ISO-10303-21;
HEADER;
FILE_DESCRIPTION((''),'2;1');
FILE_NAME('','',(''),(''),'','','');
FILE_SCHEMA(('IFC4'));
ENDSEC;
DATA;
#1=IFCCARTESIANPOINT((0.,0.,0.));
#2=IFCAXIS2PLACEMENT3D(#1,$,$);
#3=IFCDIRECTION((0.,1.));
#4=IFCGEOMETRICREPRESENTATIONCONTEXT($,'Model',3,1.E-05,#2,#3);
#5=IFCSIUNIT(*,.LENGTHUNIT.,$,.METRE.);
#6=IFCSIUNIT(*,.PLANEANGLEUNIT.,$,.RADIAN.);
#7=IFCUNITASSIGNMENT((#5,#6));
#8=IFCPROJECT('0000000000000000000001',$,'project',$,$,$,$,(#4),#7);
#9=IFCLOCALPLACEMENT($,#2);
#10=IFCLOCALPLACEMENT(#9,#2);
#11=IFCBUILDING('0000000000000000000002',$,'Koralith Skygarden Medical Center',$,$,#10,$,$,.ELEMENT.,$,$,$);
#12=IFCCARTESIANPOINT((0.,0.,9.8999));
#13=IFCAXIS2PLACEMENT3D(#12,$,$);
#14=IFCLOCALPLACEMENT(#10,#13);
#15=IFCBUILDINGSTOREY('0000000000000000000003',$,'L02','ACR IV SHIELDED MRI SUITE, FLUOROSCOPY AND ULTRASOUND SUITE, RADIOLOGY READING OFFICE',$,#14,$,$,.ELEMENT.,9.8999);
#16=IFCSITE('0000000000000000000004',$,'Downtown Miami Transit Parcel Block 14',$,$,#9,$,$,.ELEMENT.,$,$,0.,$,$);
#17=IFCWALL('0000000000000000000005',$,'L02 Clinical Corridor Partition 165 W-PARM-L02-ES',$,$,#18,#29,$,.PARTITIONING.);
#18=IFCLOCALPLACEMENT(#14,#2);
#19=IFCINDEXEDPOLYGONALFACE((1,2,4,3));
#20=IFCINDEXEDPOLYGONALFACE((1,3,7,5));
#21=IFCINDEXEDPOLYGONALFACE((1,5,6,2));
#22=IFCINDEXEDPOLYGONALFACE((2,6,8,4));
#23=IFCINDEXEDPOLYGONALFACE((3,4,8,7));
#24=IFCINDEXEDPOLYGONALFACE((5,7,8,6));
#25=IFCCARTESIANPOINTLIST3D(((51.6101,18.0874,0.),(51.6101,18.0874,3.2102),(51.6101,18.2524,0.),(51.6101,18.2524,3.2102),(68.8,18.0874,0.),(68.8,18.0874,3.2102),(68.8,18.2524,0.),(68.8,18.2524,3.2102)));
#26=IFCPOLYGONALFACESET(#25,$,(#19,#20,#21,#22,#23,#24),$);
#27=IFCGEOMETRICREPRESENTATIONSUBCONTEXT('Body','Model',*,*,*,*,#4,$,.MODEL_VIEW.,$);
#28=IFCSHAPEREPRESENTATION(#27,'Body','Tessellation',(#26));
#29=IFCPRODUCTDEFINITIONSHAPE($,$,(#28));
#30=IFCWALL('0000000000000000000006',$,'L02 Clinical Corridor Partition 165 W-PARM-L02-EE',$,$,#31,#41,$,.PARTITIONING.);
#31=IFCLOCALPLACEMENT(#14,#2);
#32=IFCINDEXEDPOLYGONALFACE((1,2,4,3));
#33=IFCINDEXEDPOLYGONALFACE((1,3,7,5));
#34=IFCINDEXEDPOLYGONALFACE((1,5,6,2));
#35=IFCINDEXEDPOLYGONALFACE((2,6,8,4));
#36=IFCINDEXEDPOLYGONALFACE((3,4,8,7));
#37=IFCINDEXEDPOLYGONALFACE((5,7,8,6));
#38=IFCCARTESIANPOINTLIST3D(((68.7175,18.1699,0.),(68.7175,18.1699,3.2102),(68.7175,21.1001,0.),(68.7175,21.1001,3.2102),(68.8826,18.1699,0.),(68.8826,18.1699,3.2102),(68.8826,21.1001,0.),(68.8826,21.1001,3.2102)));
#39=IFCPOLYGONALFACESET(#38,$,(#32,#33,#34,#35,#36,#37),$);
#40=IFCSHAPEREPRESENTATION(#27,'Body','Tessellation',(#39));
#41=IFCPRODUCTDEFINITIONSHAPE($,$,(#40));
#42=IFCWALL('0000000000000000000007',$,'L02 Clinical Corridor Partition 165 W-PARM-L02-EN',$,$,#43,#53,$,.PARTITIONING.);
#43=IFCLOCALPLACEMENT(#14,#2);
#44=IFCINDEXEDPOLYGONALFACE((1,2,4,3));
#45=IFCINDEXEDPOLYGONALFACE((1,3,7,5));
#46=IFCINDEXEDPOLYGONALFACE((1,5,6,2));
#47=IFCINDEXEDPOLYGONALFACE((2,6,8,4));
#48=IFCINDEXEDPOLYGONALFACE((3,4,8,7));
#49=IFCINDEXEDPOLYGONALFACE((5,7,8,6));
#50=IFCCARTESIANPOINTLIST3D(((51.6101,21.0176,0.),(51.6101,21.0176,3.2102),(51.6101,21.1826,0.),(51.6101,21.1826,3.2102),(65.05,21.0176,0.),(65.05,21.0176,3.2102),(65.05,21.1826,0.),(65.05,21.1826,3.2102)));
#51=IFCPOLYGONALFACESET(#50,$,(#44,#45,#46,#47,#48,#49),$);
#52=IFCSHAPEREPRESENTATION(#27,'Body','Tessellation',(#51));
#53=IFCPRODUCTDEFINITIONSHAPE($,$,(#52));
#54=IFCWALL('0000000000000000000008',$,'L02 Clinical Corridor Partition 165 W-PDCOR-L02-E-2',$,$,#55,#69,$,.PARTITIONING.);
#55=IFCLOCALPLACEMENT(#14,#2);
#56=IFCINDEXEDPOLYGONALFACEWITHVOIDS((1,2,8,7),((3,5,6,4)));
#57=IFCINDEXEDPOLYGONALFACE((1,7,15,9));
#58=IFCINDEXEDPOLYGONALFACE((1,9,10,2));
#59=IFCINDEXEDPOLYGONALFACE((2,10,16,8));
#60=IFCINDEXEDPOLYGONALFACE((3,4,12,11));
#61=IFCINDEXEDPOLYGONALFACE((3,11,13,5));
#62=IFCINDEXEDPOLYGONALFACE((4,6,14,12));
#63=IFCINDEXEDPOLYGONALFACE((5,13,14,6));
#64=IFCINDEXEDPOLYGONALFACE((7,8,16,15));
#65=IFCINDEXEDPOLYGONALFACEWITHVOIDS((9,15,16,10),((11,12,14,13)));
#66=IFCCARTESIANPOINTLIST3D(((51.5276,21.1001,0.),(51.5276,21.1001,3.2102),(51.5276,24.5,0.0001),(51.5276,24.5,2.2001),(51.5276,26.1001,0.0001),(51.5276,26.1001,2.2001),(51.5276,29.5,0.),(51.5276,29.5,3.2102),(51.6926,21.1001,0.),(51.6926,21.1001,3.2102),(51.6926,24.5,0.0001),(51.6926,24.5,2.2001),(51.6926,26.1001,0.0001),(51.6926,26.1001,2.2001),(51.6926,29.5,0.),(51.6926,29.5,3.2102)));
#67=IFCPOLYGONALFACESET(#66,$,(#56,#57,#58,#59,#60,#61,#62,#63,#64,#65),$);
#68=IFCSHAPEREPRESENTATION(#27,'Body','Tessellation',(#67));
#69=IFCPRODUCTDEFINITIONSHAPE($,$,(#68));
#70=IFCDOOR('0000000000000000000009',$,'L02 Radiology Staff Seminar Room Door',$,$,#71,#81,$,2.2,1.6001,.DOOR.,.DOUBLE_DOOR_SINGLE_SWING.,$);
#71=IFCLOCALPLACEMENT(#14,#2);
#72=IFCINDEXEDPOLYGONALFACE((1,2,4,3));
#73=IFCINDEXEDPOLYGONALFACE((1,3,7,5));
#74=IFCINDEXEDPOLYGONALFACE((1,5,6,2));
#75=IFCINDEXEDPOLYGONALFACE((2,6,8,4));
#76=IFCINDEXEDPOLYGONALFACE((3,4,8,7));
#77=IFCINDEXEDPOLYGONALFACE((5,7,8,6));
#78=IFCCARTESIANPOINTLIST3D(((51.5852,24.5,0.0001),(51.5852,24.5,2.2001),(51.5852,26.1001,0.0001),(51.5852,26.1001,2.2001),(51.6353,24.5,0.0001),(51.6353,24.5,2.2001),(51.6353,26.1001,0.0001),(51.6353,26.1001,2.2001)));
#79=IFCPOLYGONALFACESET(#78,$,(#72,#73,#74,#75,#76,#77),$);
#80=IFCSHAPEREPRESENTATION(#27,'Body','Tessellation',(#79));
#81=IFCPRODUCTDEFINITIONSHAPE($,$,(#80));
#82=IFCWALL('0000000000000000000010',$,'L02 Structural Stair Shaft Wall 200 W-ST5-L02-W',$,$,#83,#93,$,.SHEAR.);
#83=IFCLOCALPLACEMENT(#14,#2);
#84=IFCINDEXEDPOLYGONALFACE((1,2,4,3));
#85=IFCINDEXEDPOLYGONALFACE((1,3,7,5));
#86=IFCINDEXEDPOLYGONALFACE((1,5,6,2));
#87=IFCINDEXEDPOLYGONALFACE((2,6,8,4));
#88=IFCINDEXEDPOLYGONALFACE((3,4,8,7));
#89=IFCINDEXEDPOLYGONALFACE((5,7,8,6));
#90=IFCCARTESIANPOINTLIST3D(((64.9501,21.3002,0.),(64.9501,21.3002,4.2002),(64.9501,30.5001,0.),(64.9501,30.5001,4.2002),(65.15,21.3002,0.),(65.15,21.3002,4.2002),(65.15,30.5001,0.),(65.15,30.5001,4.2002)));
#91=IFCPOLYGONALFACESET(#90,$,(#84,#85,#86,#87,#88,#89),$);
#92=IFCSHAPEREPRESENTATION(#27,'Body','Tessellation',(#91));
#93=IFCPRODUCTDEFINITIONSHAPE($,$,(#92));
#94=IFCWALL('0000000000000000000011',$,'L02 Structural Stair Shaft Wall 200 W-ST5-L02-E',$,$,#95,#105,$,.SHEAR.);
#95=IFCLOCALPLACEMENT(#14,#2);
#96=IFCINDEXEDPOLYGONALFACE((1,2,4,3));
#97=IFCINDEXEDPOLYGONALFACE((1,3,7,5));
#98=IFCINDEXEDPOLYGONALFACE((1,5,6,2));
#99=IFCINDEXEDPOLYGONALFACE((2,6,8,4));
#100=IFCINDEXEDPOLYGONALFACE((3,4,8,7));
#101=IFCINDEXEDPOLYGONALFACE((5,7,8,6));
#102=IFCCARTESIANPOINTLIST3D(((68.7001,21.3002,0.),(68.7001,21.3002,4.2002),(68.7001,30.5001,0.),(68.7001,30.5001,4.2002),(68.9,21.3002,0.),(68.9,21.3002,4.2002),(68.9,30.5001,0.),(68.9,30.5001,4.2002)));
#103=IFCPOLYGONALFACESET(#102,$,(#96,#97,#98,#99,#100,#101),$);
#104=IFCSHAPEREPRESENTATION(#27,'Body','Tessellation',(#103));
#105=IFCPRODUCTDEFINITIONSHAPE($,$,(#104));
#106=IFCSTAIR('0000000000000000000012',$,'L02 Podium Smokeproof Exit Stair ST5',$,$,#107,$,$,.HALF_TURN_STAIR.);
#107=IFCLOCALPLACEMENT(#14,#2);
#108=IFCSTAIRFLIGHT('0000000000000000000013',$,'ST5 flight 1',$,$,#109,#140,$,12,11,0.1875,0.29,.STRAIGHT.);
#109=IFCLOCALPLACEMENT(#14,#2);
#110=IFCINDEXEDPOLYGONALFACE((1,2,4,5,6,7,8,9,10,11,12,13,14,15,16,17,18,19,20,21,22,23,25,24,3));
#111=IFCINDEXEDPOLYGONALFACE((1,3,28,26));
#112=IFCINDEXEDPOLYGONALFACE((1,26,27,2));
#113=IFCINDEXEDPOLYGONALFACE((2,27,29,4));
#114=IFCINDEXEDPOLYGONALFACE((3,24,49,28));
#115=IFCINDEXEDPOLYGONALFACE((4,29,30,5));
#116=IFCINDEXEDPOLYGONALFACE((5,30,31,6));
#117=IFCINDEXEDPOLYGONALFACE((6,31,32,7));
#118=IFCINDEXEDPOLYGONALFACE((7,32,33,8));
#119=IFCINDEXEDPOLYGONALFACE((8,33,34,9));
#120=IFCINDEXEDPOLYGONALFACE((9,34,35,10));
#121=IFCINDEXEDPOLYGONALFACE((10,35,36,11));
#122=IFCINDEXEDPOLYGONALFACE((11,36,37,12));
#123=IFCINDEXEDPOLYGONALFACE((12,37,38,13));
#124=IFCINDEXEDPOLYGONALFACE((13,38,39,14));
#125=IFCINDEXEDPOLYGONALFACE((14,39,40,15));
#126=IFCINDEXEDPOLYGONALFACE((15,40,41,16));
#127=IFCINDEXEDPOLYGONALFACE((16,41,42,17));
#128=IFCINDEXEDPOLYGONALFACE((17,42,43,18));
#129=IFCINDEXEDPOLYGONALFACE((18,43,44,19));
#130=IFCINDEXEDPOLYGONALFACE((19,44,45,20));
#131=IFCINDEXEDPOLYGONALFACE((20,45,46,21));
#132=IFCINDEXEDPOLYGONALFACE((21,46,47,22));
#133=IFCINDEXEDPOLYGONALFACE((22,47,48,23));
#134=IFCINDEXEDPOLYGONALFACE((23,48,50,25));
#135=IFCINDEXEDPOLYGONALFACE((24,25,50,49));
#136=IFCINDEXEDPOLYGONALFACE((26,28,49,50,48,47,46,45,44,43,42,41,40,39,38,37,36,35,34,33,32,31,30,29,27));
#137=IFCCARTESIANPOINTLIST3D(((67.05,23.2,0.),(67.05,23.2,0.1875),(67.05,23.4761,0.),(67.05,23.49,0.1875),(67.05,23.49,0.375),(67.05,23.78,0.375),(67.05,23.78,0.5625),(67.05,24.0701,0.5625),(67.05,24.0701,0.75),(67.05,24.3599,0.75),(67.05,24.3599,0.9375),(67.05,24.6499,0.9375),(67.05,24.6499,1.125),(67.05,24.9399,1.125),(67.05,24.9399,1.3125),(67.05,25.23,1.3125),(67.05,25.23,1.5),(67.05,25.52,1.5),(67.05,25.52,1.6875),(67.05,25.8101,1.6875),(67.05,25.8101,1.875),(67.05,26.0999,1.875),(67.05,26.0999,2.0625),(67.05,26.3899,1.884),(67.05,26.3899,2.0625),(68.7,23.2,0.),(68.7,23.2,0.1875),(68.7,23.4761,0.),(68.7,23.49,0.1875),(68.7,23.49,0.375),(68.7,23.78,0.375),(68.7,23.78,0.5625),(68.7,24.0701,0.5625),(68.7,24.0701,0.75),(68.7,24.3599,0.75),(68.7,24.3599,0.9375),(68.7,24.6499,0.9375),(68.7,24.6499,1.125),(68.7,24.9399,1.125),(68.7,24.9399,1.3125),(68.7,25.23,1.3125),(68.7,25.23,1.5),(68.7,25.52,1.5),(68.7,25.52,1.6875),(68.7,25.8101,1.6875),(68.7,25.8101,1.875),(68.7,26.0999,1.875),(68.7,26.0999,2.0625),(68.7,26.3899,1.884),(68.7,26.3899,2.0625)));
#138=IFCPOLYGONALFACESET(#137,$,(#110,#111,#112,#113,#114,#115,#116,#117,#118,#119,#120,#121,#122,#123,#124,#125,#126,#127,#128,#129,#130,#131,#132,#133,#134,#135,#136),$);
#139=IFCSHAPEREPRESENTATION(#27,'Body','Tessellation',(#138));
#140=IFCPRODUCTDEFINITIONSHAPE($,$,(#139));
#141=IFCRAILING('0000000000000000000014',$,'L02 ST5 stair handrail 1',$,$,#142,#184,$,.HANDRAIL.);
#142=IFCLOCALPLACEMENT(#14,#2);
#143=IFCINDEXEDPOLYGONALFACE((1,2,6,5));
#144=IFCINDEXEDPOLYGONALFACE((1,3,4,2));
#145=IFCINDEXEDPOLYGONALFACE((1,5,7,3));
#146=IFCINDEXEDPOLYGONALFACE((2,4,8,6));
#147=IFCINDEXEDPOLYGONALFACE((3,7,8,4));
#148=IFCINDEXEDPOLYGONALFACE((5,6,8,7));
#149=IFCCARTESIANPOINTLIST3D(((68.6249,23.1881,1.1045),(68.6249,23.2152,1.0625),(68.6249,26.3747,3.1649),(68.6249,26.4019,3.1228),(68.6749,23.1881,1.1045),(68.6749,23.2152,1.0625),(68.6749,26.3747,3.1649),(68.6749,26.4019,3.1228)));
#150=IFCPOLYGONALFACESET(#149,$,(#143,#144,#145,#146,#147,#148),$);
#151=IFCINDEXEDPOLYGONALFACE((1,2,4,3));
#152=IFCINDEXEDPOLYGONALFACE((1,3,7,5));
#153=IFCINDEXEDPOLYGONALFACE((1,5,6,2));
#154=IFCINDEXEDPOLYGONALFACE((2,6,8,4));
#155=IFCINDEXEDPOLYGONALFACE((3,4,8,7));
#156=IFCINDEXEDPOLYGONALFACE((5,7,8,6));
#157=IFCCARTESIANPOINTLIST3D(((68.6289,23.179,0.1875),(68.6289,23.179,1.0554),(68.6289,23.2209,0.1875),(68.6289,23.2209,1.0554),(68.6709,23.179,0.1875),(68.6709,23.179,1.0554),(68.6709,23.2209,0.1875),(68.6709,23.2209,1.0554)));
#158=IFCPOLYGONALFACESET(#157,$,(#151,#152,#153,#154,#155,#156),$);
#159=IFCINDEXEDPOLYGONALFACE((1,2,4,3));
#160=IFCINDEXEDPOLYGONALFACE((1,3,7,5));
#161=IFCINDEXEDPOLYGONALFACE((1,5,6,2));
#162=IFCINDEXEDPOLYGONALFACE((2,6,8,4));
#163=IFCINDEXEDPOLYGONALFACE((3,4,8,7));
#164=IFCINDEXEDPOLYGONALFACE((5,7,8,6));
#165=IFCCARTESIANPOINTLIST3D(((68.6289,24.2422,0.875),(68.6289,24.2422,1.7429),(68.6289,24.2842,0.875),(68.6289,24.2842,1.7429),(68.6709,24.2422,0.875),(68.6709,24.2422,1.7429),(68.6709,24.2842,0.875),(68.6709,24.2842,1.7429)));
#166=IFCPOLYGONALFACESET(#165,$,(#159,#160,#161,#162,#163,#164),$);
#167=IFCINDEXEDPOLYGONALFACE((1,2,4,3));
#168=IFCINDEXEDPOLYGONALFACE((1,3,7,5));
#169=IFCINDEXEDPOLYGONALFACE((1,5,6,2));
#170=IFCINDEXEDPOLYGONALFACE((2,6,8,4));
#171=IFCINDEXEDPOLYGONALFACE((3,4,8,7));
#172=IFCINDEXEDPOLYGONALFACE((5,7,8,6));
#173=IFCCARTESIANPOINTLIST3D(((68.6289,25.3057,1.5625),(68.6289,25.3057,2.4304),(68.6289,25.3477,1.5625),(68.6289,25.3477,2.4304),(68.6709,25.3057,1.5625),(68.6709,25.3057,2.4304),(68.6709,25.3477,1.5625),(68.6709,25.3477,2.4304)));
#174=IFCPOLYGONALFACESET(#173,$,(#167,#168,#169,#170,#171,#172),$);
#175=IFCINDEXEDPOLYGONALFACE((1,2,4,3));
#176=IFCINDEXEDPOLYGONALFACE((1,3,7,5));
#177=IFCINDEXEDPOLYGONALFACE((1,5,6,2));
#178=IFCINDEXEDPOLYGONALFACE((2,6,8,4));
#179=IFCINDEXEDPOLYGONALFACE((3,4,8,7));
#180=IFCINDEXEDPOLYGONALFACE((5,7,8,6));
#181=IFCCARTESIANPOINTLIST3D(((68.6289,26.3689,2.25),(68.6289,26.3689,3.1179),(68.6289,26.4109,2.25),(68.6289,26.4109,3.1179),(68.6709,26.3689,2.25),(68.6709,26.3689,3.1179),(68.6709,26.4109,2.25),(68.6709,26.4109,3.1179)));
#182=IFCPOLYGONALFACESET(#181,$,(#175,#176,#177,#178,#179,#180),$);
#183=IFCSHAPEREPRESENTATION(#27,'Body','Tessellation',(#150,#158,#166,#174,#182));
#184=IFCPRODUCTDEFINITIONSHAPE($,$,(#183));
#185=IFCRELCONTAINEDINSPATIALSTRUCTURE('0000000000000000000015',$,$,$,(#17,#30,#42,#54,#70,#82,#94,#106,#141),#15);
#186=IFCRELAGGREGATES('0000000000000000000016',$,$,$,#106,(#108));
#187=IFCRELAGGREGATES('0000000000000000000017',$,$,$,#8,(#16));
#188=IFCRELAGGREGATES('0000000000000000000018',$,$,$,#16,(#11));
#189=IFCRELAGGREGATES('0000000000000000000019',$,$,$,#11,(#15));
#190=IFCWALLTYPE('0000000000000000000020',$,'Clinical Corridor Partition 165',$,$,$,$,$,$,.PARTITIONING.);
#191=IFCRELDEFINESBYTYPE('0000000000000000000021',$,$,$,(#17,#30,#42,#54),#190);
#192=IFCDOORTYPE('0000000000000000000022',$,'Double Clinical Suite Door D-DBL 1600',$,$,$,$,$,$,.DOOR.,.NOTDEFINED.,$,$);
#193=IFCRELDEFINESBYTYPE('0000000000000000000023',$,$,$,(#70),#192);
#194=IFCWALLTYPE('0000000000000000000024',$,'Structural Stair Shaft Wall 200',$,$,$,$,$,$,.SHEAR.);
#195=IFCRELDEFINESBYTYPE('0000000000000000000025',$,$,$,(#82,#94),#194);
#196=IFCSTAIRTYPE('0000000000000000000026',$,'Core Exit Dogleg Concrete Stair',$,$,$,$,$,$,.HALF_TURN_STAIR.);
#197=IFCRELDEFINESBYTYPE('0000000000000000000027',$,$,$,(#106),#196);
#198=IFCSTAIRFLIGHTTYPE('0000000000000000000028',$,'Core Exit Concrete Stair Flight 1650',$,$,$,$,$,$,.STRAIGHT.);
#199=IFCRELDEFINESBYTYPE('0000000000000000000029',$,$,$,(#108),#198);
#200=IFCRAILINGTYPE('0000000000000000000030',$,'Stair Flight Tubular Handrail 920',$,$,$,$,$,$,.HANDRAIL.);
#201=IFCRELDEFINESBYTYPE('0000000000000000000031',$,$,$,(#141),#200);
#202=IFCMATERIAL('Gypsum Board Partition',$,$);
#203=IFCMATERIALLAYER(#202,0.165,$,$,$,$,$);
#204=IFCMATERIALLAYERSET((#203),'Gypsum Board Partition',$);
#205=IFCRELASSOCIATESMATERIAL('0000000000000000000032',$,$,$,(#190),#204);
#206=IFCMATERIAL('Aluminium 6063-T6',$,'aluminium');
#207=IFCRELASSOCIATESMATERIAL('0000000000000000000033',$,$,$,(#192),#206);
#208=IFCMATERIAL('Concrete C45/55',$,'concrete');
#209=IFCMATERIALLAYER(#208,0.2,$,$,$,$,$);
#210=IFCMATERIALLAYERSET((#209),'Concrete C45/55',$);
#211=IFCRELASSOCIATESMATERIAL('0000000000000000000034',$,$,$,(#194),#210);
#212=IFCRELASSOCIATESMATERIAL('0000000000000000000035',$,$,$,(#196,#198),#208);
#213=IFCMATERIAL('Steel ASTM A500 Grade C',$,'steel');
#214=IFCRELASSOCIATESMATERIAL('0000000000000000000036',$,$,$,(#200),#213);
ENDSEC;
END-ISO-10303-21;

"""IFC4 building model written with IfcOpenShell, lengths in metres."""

from ifc_helpers import new_model, si_unit, direction, frame, frame_2d, origin, origin_2d, place, context, subcontext, project, spatial, polyline, rectangle, outline, extrude, material, layer, layer_set, type_object, element, fill, aggregate, save


model = new_model("IFC4")

# Units and contexts
model_context = context("Model", 3, precision=1e-05, world=origin(), true_north=direction((0.0, 1.0)))
body_context = subcontext(model_context, "Body", "Model", "MODEL_VIEW")
ifc_project = project(units=[si_unit("LENGTHUNIT", "METRE"), si_unit("PLANEANGLEUNIT", "RADIAN")], contexts=[model_context])

# Site, building, storey
site_placement = place(None, origin())
site = spatial("IfcSite", under=ifc_project, at=site_placement, Name="Downtown Miami Transit Parcel Block 14", CompositionType="ELEMENT", RefElevation=0.0)
building_placement = place(site_placement, origin())
building = spatial("IfcBuilding", under=site, at=building_placement, Name="Koralith Skygarden Medical Center", CompositionType="ELEMENT")
storey_placement = place(building_placement, frame((0.0, 0.0, 9.8999)))
storey = spatial("IfcBuildingStorey", under=building, at=storey_placement, Name="L02", Description="ACR IV SHIELDED MRI SUITE, FLUOROSCOPY AND ULTRASOUND SUITE, RADIOLOGY READING OFFICE", CompositionType="ELEMENT", Elevation=9.8999)

# Shared definitions
ifc_material_1 = material(Name="Aluminium 6063-T6", Category="aluminium")

# Walls
ifc_material_2 = material(Name="Gypsum Board Partition")
ifc_layer_1 = layer(ifc_material_2, 0.165)
ifc_layer_set_1 = layer_set([ifc_layer_1], Name="Gypsum Board Partition")
wall_type_1 = type_object("IfcWallType", Name="Clinical Corridor Partition 165", PredefinedType="PARTITIONING", material=ifc_layer_set_1)
wall_1_placement = place(storey_placement, frame((51.6101, 18.1699, 0.0), z_axis=(0.0, 0.0, 1.0), x_axis=(1.0, 0.0, 0.0)))
element("IfcWall", 1, at=wall_1_placement, inside=storey, type_object=wall_type_1, Name="L02 Clinical Corridor Partition 165 W-PARM-L02-ES", PredefinedType="PARTITIONING", context=body_context, shape_type="SweptSolid", body=[
    extrude(rectangle(XDim=17.1899, YDim=0.165, at=frame_2d((8.595, 0.0))), origin(), (0.0, 0.0, 1.0), 3.2102),
])
wall_2_placement = place(storey_placement, frame((68.8, 18.1699, 0.0), z_axis=(0.0, 0.0, 1.0), x_axis=(0.0, 1.0, 0.0)))
element("IfcWall", 2, at=wall_2_placement, inside=storey, type_object=wall_type_1, Name="L02 Clinical Corridor Partition 165 W-PARM-L02-EE", PredefinedType="PARTITIONING", context=body_context, shape_type="SweptSolid", body=[
    extrude(rectangle(XDim=2.9302, YDim=0.165, at=frame_2d((1.4651, 0.0))), origin(), (0.0, 0.0, 1.0), 3.2102),
])
wall_3_placement = place(storey_placement, frame((51.6101, 21.1001, 0.0), z_axis=(0.0, 0.0, 1.0), x_axis=(1.0, 0.0, 0.0)))
element("IfcWall", 3, at=wall_3_placement, inside=storey, type_object=wall_type_1, Name="L02 Clinical Corridor Partition 165 W-PARM-L02-EN", PredefinedType="PARTITIONING", context=body_context, shape_type="SweptSolid", body=[
    extrude(rectangle(XDim=13.4399, YDim=0.165, at=frame_2d((6.72, 0.0))), origin(), (0.0, 0.0, 1.0), 3.2102),
])

# Wall, opening, door
wall_4_placement = place(storey_placement, frame((51.6101, 21.1001, 0.0), z_axis=(0.0, 0.0, 1.0), x_axis=(0.0, 1.0, 0.0)))
wall_4 = element("IfcWall", 4, at=wall_4_placement, inside=storey, type_object=wall_type_1, Name="L02 Clinical Corridor Partition 165 W-PDCOR-L02-E-2", PredefinedType="PARTITIONING", context=body_context, shape_type="SweptSolid", body=[
    extrude(rectangle(XDim=8.3999, YDim=0.165, at=frame_2d((4.2, 0.0))), origin(), (0.0, 0.0, 1.0), 3.2102),
])
opening_1_placement = place(wall_4_placement, frame((3.3999, 0.0, 0.0)))
opening_1 = element("IfcOpeningElement", 5, at=opening_1_placement, cuts=wall_4, PredefinedType="OPENING", context=body_context, shape_type="SweptSolid", body=[
    extrude(rectangle(XDim=1.6001, YDim=2.2, at=frame_2d((0.8, 1.1001))), frame((0.0, 0.0925, 0.0), z_axis=(0.0, -1.0, 0.0), x_axis=(1.0, 0.0, 0.0)), (0.0, 0.0, 1.0), 0.1851),
])
door_type_1 = type_object("IfcDoorType", Name="Double Clinical Suite Door D-DBL 1600", OperationType="NOTDEFINED", PredefinedType="DOOR", material=ifc_material_1)
door_1_placement = place(opening_1_placement, origin())
door_1 = element("IfcDoor", 6, at=door_1_placement, inside=storey, type_object=door_type_1, Name="L02 Radiology Staff Seminar Room Door", OperationType="DOUBLE_DOOR_SINGLE_SWING", OverallHeight=2.2, OverallWidth=1.6001, PredefinedType="DOOR", context=body_context, shape_type="SweptSolid", body=[
    extrude(rectangle(XDim=1.6001, YDim=2.2, at=frame_2d((0.8, 1.1001))), frame((0.0, 0.0249, 0.0), z_axis=(0.0, -1.0, 0.0), x_axis=(1.0, 0.0, 0.0)), (0.0, 0.0, 1.0), 0.05),
])
fill(opening_1, door_1)
ifc_material_3 = material(Name="Concrete C45/55", Category="concrete")
ifc_layer_2 = layer(ifc_material_3, 0.2)
ifc_layer_set_2 = layer_set([ifc_layer_2], Name="Concrete C45/55")
wall_type_2 = type_object("IfcWallType", Name="Structural Stair Shaft Wall 200", PredefinedType="SHEAR", material=ifc_layer_set_2)
ifc_material_4 = material(Name="Steel ASTM A500 Grade C", Category="steel")

# Walls
for number, where, z_axis, x_axis, name in (
    (7, (65.05, 21.3, 0.0), (0.0, 0.0, 1.0), (0.0, 1.0, 0.0), "L02 Structural Stair Shaft Wall 200 W-ST5-L02-W"),
    (8, (68.8, 21.3, 0.0), (0.0, 0.0, 1.0), (0.0, 1.0, 0.0), "L02 Structural Stair Shaft Wall 200 W-ST5-L02-E"),
):
    element("IfcWall", number, at=place(storey_placement, frame(where, z_axis=z_axis, x_axis=x_axis)), inside=storey, type_object=wall_type_2, Name=name, PredefinedType="SHEAR", context=body_context, shape_type="SweptSolid", body=[
        extrude(rectangle(XDim=9.2, YDim=0.2, at=frame_2d((4.6001, 0.0))), origin(), (0.0, 0.0, 1.0), 4.2002),
    ])

# Stair, stair flight
stair_type = type_object("IfcStairType", Name="Core Exit Dogleg Concrete Stair", PredefinedType="HALF_TURN_STAIR", material=ifc_material_3)
stair_placement = place(storey_placement, origin())
stair = element("IfcStair", 9, at=stair_placement, inside=storey, type_object=stair_type, Name="L02 Podium Smokeproof Exit Stair ST5", PredefinedType="HALF_TURN_STAIR")
stair_flight_type = type_object("IfcStairFlightType", Name="Core Exit Concrete Stair Flight 1650", PredefinedType="STRAIGHT", material=ifc_material_3)
stair_flight_placement = place(storey_placement, frame((67.875, 23.2, 0.0), z_axis=(0.0, 0.0, 1.0), x_axis=(0.0, 1.0, 0.0)))
stair_flight = element("IfcStairFlight", 10, at=stair_flight_placement, type_object=stair_flight_type, Name="ST5 flight 1", NumberOfRisers=12, NumberOfTreads=11, PredefinedType="STRAIGHT", RiserHeight=0.1875, TreadLength=0.29, context=body_context, shape_type="SweptSolid", body=[
    extrude(outline(polyline([(0.0, 0.0), (0.0, 0.1875), (0.29, 0.1875), (0.29, 0.375), (0.5801, 0.375), (0.5801, 0.5625), (0.8701, 0.5625), (0.8701, 0.75), (1.1599, 0.75), (1.1599, 0.9375), (1.45, 0.9375), (1.45, 1.125), (1.74, 1.125), (1.74, 1.3125), (2.03, 1.3125), (2.03, 1.5), (2.3201, 1.5), (2.3201, 1.6875), (2.6101, 1.6875), (2.6101, 1.875), (2.8999, 1.875), (2.8999, 2.0625), (3.1899, 2.0625), (3.1899, 2.25), (3.1899, 1.884), (0.2761, 0.0), (0.0, 0.0)])), frame((0.0, 0.825, 0.0), z_axis=(0.0, -1.0, 0.0), x_axis=(1.0, 0.0, 0.0)), (0.0, 0.0, 1.0), 1.6499),
])
aggregate(stair, [stair_flight])

# Railing
railing_type_1 = type_object("IfcRailingType", Name="Stair Flight Tubular Handrail 920", PredefinedType="HANDRAIL", material=ifc_material_4)
railing_1_placement = place(storey_placement, frame((68.6499, 23.2, 0.1875)))
element("IfcRailing", 11, at=railing_1_placement, inside=storey, type_object=railing_type_1, Name="L02 ST5 stair handrail 1", PredefinedType="HANDRAIL", context=body_context, shape_type="SweptSolid", body=[
    extrude(rectangle(XDim=0.05, YDim=0.05, at=origin_2d()), frame((0.0, 0.0017, 0.896), z_axis=(0.0, 0.83976, 0.542958), x_axis=(-1.0, 0.0, 0.0)), (0.0, 0.0, 1.0), 3.7947),
    extrude(rectangle(XDim=0.042, YDim=0.042, at=origin_2d()), origin(), (0.0, 0.0, 1.0), 0.8679),
    extrude(rectangle(XDim=0.042, YDim=0.042, at=origin_2d()), frame((0.0, 1.0632, 0.6875)), (0.0, 0.0, 1.0), 0.8679),
    extrude(rectangle(XDim=0.042, YDim=0.042, at=origin_2d()), frame((0.0, 2.1267, 1.375)), (0.0, 0.0, 1.0), 0.8679),
    extrude(rectangle(XDim=0.042, YDim=0.042, at=origin_2d()), frame((0.0, 3.1899, 2.0625)), (0.0, 0.0, 1.0), 0.8679),
])

save(model, "model.ifc")
